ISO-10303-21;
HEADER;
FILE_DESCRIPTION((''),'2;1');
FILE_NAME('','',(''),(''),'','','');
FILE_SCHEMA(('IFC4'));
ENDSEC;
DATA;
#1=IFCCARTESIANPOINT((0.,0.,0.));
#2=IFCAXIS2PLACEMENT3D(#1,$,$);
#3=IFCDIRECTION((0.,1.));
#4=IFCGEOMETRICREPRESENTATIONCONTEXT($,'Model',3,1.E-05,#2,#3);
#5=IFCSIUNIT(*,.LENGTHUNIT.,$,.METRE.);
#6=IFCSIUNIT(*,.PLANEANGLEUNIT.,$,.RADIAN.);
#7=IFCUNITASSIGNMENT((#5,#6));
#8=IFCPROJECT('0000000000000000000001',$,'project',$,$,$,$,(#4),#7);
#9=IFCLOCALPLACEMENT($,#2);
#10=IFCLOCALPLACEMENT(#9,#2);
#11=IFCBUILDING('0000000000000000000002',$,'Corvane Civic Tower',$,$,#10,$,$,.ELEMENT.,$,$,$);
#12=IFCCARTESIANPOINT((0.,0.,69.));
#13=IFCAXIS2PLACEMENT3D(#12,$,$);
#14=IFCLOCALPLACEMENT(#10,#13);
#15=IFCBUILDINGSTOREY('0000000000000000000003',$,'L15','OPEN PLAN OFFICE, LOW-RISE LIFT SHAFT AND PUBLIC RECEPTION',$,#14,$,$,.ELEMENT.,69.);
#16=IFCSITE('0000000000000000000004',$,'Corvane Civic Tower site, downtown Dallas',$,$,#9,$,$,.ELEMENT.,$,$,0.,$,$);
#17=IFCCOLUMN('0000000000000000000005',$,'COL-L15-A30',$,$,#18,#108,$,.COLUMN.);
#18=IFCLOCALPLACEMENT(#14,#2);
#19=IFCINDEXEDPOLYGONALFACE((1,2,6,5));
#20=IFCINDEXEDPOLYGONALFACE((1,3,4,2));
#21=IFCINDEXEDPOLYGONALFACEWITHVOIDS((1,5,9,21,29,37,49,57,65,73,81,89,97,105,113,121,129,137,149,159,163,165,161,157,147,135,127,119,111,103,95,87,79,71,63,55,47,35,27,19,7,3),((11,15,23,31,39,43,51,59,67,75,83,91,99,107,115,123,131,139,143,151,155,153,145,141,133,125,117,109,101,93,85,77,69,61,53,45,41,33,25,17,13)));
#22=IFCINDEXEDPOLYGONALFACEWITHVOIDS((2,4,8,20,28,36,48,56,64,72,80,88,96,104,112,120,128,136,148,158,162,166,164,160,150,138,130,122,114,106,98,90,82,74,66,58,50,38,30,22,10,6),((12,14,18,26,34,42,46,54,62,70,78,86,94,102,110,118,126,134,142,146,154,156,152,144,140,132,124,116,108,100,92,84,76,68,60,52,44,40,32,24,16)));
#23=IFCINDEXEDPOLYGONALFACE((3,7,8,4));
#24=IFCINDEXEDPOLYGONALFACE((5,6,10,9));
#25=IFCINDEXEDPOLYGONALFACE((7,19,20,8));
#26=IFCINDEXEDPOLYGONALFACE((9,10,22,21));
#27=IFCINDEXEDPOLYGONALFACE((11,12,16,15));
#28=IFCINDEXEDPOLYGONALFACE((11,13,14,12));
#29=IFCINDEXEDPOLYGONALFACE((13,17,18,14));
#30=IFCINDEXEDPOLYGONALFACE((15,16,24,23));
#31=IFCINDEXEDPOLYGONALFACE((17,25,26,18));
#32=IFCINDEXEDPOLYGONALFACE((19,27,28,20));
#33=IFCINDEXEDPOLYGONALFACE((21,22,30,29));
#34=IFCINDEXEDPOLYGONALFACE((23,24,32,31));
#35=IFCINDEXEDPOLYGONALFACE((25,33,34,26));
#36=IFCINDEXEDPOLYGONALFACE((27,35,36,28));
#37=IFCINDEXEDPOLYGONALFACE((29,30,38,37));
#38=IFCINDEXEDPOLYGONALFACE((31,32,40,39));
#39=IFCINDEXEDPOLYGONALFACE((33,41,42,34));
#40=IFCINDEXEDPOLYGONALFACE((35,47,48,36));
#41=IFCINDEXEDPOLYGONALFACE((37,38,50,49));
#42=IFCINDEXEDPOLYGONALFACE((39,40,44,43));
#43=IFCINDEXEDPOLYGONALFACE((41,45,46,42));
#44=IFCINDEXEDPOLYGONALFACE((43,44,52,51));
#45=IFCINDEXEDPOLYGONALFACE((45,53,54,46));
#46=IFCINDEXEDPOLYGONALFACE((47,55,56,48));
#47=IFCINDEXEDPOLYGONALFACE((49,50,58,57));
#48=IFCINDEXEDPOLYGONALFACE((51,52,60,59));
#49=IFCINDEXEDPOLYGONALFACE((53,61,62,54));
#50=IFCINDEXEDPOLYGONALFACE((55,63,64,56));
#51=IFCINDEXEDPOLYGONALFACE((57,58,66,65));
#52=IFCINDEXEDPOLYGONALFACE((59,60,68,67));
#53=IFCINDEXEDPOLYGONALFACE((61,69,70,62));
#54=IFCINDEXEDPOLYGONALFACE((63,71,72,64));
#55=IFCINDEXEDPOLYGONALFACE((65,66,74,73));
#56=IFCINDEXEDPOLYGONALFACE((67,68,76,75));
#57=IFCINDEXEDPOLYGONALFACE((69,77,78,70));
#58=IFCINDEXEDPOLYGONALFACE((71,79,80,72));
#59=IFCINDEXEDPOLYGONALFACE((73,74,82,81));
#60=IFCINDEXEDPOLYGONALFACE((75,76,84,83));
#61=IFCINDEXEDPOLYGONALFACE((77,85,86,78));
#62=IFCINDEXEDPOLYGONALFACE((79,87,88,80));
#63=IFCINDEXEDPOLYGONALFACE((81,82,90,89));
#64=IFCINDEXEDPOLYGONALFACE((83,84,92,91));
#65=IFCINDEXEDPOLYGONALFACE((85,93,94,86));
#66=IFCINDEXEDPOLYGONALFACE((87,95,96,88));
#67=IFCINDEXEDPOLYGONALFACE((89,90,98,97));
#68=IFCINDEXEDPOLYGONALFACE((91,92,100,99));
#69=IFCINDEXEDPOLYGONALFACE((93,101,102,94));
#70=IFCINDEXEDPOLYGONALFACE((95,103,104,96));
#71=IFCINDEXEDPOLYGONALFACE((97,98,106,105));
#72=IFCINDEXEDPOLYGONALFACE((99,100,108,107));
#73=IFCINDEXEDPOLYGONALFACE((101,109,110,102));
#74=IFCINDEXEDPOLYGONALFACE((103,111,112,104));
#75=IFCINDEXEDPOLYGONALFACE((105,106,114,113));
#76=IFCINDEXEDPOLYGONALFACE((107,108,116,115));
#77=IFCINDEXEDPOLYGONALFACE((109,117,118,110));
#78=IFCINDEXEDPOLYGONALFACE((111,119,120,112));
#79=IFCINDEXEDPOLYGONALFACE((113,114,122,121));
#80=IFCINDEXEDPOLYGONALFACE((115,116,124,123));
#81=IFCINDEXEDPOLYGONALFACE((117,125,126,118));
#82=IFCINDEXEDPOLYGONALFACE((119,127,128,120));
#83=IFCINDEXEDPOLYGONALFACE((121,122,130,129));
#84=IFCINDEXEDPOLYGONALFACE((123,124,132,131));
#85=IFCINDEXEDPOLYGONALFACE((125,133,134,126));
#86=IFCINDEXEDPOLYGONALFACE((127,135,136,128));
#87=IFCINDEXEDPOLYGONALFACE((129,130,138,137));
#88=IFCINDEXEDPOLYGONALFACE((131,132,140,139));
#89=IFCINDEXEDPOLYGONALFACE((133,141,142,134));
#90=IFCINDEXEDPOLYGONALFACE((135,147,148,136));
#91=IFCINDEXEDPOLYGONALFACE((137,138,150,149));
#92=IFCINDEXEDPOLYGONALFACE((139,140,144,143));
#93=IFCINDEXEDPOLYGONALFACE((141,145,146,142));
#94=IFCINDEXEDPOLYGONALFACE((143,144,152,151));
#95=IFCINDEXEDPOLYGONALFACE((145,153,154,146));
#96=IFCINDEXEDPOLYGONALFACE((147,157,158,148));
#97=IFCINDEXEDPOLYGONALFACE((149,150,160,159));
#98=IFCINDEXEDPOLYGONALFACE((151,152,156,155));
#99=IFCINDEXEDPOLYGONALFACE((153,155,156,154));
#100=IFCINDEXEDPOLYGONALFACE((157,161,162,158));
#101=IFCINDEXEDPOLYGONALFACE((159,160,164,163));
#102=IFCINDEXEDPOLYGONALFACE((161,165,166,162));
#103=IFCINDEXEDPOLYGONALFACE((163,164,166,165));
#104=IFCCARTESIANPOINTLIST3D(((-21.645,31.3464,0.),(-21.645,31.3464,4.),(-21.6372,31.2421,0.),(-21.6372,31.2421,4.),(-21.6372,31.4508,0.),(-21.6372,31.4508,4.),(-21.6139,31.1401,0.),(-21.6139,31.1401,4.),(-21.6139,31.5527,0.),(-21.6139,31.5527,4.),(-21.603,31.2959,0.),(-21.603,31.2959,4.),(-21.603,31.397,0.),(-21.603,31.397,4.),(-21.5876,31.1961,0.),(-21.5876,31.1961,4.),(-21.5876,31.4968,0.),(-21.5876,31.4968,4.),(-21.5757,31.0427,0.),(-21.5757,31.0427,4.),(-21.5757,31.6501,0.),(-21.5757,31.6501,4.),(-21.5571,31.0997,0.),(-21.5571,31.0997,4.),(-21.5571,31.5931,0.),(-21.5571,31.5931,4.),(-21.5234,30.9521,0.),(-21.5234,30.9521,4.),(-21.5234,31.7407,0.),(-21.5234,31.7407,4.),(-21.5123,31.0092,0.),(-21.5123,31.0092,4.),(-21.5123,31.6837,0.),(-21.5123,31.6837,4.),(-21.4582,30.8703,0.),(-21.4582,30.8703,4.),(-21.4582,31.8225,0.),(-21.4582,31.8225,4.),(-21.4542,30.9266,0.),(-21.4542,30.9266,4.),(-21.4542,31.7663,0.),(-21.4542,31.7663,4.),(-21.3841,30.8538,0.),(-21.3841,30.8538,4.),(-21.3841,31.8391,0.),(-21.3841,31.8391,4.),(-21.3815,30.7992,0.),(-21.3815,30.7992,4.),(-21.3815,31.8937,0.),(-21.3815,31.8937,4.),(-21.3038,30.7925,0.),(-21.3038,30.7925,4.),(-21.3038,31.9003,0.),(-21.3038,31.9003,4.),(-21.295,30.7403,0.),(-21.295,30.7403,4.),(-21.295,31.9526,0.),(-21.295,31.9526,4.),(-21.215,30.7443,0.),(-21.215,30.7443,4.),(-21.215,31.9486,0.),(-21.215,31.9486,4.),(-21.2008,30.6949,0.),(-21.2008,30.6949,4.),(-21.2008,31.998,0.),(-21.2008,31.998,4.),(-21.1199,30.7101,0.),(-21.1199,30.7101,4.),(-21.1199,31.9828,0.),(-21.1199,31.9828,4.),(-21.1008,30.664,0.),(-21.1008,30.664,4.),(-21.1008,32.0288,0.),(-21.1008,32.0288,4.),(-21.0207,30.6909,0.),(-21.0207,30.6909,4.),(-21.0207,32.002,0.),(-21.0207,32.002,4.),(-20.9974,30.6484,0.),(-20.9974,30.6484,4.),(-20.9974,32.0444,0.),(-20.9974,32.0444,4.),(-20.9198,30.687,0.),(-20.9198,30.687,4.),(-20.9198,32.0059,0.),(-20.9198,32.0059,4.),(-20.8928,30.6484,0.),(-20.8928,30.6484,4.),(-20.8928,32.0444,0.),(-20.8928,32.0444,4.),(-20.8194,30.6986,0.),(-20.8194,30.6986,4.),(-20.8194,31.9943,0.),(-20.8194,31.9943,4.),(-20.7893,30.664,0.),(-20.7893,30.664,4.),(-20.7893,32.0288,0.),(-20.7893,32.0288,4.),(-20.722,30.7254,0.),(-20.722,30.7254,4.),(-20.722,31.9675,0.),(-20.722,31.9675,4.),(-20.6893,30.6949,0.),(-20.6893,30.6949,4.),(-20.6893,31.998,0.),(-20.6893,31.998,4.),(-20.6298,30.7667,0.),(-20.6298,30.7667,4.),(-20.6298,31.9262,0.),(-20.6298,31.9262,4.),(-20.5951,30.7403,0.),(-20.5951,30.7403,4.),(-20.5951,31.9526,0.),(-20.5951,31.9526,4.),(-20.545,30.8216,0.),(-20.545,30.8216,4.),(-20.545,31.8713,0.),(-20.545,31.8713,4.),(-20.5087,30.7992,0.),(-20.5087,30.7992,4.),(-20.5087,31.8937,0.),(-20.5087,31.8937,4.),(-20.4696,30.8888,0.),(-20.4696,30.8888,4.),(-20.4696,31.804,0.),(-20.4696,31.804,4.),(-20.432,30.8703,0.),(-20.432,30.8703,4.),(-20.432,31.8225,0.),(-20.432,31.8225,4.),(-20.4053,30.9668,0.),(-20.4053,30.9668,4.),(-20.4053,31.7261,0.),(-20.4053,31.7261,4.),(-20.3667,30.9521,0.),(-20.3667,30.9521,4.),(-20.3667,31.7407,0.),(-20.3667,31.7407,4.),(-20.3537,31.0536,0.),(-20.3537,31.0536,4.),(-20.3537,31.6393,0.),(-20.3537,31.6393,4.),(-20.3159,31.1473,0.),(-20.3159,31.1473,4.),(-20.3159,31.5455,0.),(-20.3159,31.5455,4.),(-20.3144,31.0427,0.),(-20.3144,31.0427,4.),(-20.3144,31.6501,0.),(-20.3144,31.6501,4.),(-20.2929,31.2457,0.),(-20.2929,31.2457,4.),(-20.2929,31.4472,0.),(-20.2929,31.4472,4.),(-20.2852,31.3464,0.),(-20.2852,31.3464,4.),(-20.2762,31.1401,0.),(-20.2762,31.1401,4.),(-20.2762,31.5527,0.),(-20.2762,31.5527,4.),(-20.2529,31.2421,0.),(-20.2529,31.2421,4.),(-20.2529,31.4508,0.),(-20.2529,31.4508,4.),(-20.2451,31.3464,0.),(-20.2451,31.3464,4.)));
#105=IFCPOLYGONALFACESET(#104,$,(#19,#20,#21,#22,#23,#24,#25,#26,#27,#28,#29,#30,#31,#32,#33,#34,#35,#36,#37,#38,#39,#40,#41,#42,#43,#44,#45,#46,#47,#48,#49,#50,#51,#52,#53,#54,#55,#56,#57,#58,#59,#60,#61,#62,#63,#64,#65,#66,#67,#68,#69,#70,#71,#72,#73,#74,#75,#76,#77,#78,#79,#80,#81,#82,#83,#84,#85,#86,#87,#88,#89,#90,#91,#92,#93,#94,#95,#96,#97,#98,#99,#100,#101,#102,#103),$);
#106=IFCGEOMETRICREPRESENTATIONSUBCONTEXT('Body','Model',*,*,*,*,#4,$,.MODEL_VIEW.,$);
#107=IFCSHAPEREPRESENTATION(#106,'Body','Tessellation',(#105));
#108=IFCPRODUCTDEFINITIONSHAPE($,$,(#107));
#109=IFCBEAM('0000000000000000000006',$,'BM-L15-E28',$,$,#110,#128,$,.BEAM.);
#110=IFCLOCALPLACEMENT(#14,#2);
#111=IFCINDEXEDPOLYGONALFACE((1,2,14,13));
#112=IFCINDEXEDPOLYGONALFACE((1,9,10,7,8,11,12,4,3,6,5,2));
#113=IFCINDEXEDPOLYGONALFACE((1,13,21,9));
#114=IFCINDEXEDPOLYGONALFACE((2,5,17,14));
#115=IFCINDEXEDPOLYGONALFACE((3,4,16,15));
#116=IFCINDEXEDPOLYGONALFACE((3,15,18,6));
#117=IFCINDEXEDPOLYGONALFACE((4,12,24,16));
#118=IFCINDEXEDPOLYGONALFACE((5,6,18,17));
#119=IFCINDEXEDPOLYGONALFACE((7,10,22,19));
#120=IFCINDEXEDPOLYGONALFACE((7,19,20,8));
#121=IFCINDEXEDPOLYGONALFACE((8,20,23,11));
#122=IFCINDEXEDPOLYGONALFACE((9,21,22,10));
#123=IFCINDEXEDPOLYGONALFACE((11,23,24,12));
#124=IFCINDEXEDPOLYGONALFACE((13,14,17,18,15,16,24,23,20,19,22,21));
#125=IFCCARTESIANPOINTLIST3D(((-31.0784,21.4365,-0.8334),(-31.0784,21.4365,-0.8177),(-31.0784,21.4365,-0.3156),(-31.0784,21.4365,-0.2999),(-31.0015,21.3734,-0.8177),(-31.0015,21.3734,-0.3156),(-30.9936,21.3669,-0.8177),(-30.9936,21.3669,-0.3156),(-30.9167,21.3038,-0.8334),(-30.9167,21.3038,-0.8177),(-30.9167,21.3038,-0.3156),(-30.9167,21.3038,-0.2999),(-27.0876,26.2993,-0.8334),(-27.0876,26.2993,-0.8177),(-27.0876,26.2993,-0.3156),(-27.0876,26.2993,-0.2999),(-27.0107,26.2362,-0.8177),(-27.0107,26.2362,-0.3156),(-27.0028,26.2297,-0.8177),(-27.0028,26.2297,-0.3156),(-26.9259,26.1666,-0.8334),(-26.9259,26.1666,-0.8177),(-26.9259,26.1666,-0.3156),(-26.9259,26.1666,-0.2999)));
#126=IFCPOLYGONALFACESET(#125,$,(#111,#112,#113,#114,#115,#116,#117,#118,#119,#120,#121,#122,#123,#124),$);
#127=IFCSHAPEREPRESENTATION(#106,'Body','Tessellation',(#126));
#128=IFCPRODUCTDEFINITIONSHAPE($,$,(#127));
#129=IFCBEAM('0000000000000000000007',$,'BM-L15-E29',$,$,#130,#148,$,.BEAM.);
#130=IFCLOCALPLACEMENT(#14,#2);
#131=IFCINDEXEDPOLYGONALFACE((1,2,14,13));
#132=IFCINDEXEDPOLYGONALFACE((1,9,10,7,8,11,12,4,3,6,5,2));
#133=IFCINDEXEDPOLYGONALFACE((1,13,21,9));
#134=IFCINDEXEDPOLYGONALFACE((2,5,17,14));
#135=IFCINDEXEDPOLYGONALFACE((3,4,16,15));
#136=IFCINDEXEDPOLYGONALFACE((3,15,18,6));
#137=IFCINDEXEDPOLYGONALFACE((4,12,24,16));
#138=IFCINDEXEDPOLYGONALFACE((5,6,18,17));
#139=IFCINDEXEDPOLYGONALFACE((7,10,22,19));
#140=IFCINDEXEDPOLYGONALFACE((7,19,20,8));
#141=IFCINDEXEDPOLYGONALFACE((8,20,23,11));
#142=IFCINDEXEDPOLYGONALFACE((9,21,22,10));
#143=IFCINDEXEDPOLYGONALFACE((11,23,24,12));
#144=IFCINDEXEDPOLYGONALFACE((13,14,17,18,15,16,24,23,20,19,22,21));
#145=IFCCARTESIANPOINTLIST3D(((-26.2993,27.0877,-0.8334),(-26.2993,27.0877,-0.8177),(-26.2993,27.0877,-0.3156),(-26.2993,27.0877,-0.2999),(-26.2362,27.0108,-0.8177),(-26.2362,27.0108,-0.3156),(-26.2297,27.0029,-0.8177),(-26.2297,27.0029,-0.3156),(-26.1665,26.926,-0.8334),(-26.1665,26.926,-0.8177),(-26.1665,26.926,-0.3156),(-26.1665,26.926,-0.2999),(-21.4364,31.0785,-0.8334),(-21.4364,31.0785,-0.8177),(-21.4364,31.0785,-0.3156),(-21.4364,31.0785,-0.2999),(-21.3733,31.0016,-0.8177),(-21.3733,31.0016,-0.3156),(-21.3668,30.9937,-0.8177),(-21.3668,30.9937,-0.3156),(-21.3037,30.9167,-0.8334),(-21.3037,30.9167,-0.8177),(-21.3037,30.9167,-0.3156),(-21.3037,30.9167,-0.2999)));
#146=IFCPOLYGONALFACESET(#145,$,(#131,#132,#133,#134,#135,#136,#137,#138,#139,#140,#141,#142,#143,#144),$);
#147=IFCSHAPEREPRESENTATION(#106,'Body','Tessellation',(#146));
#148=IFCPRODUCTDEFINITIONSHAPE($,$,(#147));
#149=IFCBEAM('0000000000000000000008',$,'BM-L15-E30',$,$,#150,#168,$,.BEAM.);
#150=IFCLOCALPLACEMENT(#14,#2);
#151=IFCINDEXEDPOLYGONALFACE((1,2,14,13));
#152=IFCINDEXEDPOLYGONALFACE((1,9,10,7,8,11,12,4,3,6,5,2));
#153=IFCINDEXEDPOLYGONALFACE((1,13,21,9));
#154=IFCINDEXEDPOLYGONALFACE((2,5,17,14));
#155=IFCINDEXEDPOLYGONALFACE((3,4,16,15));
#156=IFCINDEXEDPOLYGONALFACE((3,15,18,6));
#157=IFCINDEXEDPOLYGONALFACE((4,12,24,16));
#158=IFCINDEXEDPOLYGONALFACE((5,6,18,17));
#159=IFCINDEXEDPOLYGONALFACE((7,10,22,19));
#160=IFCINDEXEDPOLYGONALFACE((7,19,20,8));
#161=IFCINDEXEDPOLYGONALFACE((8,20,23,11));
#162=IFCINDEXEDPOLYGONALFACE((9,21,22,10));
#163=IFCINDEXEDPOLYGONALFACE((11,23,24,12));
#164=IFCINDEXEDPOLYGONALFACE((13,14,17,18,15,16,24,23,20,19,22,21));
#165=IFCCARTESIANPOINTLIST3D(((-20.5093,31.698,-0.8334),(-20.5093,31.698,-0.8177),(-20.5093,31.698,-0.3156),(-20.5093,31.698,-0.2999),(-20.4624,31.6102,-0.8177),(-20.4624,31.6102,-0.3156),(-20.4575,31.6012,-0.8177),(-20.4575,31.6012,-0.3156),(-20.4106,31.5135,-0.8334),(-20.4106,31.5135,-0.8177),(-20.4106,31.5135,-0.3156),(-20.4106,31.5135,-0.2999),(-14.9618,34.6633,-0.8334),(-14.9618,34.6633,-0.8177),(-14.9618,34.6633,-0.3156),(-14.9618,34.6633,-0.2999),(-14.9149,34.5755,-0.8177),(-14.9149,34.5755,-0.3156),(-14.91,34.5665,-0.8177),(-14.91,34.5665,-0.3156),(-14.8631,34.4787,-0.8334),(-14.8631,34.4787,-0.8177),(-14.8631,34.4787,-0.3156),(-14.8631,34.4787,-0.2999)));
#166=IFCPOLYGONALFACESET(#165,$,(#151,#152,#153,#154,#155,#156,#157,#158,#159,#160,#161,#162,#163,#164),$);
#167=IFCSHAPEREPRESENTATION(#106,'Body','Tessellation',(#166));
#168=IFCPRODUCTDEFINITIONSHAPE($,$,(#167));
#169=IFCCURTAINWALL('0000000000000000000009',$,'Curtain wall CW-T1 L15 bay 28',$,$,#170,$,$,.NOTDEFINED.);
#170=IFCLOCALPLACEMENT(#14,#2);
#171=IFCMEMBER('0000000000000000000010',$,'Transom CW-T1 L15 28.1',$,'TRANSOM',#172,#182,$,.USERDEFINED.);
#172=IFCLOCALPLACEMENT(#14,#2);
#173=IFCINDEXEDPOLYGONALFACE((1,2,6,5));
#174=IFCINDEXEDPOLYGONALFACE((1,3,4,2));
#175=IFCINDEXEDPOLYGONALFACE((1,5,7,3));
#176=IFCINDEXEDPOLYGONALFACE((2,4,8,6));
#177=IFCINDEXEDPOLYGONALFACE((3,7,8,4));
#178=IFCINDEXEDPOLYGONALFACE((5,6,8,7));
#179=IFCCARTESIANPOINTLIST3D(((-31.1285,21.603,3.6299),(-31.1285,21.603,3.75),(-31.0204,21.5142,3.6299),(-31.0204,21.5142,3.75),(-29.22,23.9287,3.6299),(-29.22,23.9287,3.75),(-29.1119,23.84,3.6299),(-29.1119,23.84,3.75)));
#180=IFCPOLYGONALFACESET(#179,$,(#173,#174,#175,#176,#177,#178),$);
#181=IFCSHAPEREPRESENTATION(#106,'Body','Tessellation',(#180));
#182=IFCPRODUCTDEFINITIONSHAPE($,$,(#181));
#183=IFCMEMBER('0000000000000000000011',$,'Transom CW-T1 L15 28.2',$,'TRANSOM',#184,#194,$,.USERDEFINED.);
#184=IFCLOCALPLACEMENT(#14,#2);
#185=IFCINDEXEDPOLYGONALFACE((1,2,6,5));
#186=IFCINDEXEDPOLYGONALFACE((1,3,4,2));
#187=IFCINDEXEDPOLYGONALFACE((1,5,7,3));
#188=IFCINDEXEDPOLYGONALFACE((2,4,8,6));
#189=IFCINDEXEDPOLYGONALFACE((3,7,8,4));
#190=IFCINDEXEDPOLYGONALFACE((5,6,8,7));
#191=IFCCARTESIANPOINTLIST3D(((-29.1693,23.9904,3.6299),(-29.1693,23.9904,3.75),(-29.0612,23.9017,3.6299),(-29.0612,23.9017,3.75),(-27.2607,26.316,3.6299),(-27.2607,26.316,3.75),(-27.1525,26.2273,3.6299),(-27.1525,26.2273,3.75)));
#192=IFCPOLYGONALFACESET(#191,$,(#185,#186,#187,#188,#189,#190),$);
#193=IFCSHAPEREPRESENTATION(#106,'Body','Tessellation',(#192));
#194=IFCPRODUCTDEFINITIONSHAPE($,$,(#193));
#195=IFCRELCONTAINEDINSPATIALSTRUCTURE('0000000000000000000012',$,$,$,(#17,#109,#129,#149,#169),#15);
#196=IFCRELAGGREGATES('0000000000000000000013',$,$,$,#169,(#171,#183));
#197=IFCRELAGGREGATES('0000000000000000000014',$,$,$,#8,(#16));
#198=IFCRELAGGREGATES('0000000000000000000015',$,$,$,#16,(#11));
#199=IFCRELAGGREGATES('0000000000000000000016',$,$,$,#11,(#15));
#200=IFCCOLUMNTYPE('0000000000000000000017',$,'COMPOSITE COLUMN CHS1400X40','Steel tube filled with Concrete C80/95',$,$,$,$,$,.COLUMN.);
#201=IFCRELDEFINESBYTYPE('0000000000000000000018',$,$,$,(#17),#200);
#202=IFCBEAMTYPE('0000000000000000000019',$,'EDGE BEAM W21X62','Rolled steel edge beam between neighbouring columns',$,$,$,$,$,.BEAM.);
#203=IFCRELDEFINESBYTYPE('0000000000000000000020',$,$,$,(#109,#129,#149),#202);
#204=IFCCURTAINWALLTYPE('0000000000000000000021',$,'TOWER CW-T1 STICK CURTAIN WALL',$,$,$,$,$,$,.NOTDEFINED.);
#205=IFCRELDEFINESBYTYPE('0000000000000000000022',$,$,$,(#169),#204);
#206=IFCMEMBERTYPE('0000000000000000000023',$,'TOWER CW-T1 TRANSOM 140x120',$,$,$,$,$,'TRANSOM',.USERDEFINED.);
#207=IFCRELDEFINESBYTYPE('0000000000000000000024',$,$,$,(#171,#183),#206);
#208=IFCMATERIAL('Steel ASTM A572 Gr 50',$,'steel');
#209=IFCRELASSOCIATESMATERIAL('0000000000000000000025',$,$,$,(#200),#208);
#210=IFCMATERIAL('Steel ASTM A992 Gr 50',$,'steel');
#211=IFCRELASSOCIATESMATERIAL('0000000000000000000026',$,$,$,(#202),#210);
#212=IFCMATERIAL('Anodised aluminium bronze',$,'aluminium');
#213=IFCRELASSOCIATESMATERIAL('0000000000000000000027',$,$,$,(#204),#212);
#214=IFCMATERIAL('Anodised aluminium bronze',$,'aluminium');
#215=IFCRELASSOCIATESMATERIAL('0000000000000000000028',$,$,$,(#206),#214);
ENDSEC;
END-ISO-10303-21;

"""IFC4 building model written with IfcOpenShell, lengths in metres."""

from ifc_helpers import new_model, si_unit, direction, frame, origin, origin_2d, place, context, subcontext, project, spatial, rectangle, hollow_circle, i_section, extrude, material, material_profile, profile_set, type_object, element, aggregate, save


model = new_model("IFC4")

# Units and contexts
model_context = context("Model", 3, precision=1e-05, world=origin(), true_north=direction((0.0, 1.0)))
body_context = subcontext(model_context, "Body", "Model", "MODEL_VIEW")
ifc_project = project(units=[si_unit("LENGTHUNIT", "METRE"), si_unit("PLANEANGLEUNIT", "RADIAN")], contexts=[model_context])

# Site, building, storey
site_placement = place(None, origin())
site = spatial("IfcSite", under=ifc_project, at=site_placement, Name="Corvane Civic Tower site, downtown Dallas", CompositionType="ELEMENT", RefElevation=0.0)
building_placement = place(site_placement, origin())
building = spatial("IfcBuilding", under=site, at=building_placement, Name="Corvane Civic Tower", CompositionType="ELEMENT")
storey_placement = place(building_placement, frame((0.0, 0.0, 69.0)))
storey = spatial("IfcBuildingStorey", under=building, at=storey_placement, Name="L15", Description="OPEN PLAN OFFICE, LOW-RISE LIFT SHAFT AND PUBLIC RECEPTION", CompositionType="ELEMENT", Elevation=69.0)

# Column
ifc_material_1 = material(Name="Steel ASTM A572 Gr 50", Category="steel")
ifc_material_profile_1 = material_profile(ifc_material_1, hollow_circle(Radius=0.7, WallThickness=0.04, at=origin_2d()), Name="CHS1400X40")
ifc_profile_set_1 = profile_set([ifc_material_profile_1], Name="Steel ASTM A572 Gr 50")
column_type = type_object("IfcColumnType", Name="COMPOSITE COLUMN CHS1400X40", Description="Steel tube filled with Concrete C80/95", PredefinedType="COLUMN", material=ifc_profile_set_1)
for number, where, z_axis, x_axis, name in (
    (1, (-20.9451, 31.3464, 0.0), (0.0, 0.0, 1.0), (1.0, 0.0, 0.0), "COL-L15-A30"),
):
    element("IfcColumn", number, at=place(storey_placement, frame(where, z_axis=z_axis, x_axis=x_axis)), inside=storey, type_object=column_type, Name=name, PredefinedType="COLUMN", context=body_context, shape_type="SweptSolid", body=[
        extrude(hollow_circle(Radius=0.7, WallThickness=0.04, at=origin_2d()), origin(), (0.0, 0.0, 1.0), 4.0),
    ])

# Beams
ifc_material_2 = material(Name="Steel ASTM A992 Gr 50", Category="steel")
ifc_material_profile_2 = material_profile(ifc_material_2, i_section(OverallWidth=0.2092, OverallDepth=0.5334, WebThickness=0.0103, FlangeThickness=0.0156, at=origin_2d()), Name="W21X62")
ifc_profile_set_2 = profile_set([ifc_material_profile_2], Name="Steel ASTM A992 Gr 50")
beam_type = type_object("IfcBeamType", Name="EDGE BEAM W21X62", Description="Rolled steel edge beam between neighbouring columns", PredefinedType="BEAM", material=ifc_profile_set_2)
for number, where, z_axis, x_axis, name in (
    (2, (-30.9976, 21.3701, -0.5667), (0.634387, 0.773016, 0.0), (-0.773016, 0.634387, 0.0), "BM-L15-E28"),
    (3, (-26.2329, 27.0068, -0.5667), (0.773016, 0.634387, 0.0), (-0.634387, 0.773016, 0.0), "BM-L15-E29"),
):
    element("IfcBeam", number, at=place(storey_placement, frame(where, z_axis=z_axis, x_axis=x_axis)), inside=storey, type_object=beam_type, Name=name, PredefinedType="BEAM", context=body_context, shape_type="SweptSolid", body=[
        extrude(i_section(OverallWidth=0.2092, OverallDepth=0.5334, WebThickness=0.0103, FlangeThickness=0.0156, at=origin_2d()), origin(), (0.0, 0.0, 1.0), 6.2908),
    ])
beam_placement = place(storey_placement, frame((-20.46, 31.6057, -0.5667), z_axis=(0.881916, 0.471406, 0.0), x_axis=(-0.471406, 0.881916, 0.0)))
element("IfcBeam", 4, at=beam_placement, inside=storey, type_object=beam_type, Name="BM-L15-E30", PredefinedType="BEAM", context=body_context, shape_type="SweptSolid", body=[
    extrude(i_section(OverallWidth=0.2092, OverallDepth=0.5334, WebThickness=0.0103, FlangeThickness=0.0156, at=origin_2d()), origin(), (0.0, 0.0, 1.0), 6.2903),
])

# Curtain wall, members
ifc_material_3 = material(Name="Anodised aluminium bronze", Category="aluminium")
curtain_wall_type = type_object("IfcCurtainWallType", Name="TOWER CW-T1 STICK CURTAIN WALL", PredefinedType="NOTDEFINED", material=ifc_material_3)
curtain_wall_1_placement = place(storey_placement, origin())
curtain_wall_1 = element("IfcCurtainWall", 5, at=curtain_wall_1_placement, inside=storey, type_object=curtain_wall_type, Name="Curtain wall CW-T1 L15 bay 28", PredefinedType="NOTDEFINED")
ifc_material_4 = material(Name="Anodised aluminium bronze", Category="aluminium")
ifc_material_profile_3 = material_profile(ifc_material_4, rectangle(XDim=0.1399, YDim=0.1201, at=origin_2d()), Name="TOWER CW-T1 TRANSOM 140x120")
ifc_profile_set_3 = profile_set([ifc_material_profile_3], Name="Anodised aluminium bronze")
member_type_1 = type_object("IfcMemberType", Name="TOWER CW-T1 TRANSOM 140x120", ElementType="TRANSOM", PredefinedType="USERDEFINED", material=ifc_profile_set_3)
member_1_placement = place(storey_placement, frame((-31.0745, 21.5586, 3.6899), z_axis=(0.634355, 0.773042, 0.0), x_axis=(-0.773042, 0.634355, 0.0)))
member_1 = element("IfcMember", 6, at=member_1_placement, type_object=member_type_1, Name="Transom CW-T1 L15 28.1", ObjectType="TRANSOM", PredefinedType="USERDEFINED", context=body_context, shape_type="SweptSolid", body=[
    extrude(rectangle(XDim=0.1399, YDim=0.1201, at=origin_2d()), origin(), (0.0, 0.0, 1.0), 3.0085),
])
member_2_placement = place(storey_placement, frame((-29.1152, 23.946, 3.6899), z_axis=(0.634404, 0.773002, 0.0), x_axis=(-0.773002, 0.634404, 0.0)))
member_2 = element("IfcMember", 7, at=member_2_placement, type_object=member_type_1, Name="Transom CW-T1 L15 28.2", ObjectType="TRANSOM", PredefinedType="USERDEFINED", context=body_context, shape_type="SweptSolid", body=[
    extrude(rectangle(XDim=0.1399, YDim=0.1201, at=origin_2d()), origin(), (0.0, 0.0, 1.0), 3.0085),
])

aggregate(curtain_wall_1, [member_1, member_2])

save(model, "model.ifc")
